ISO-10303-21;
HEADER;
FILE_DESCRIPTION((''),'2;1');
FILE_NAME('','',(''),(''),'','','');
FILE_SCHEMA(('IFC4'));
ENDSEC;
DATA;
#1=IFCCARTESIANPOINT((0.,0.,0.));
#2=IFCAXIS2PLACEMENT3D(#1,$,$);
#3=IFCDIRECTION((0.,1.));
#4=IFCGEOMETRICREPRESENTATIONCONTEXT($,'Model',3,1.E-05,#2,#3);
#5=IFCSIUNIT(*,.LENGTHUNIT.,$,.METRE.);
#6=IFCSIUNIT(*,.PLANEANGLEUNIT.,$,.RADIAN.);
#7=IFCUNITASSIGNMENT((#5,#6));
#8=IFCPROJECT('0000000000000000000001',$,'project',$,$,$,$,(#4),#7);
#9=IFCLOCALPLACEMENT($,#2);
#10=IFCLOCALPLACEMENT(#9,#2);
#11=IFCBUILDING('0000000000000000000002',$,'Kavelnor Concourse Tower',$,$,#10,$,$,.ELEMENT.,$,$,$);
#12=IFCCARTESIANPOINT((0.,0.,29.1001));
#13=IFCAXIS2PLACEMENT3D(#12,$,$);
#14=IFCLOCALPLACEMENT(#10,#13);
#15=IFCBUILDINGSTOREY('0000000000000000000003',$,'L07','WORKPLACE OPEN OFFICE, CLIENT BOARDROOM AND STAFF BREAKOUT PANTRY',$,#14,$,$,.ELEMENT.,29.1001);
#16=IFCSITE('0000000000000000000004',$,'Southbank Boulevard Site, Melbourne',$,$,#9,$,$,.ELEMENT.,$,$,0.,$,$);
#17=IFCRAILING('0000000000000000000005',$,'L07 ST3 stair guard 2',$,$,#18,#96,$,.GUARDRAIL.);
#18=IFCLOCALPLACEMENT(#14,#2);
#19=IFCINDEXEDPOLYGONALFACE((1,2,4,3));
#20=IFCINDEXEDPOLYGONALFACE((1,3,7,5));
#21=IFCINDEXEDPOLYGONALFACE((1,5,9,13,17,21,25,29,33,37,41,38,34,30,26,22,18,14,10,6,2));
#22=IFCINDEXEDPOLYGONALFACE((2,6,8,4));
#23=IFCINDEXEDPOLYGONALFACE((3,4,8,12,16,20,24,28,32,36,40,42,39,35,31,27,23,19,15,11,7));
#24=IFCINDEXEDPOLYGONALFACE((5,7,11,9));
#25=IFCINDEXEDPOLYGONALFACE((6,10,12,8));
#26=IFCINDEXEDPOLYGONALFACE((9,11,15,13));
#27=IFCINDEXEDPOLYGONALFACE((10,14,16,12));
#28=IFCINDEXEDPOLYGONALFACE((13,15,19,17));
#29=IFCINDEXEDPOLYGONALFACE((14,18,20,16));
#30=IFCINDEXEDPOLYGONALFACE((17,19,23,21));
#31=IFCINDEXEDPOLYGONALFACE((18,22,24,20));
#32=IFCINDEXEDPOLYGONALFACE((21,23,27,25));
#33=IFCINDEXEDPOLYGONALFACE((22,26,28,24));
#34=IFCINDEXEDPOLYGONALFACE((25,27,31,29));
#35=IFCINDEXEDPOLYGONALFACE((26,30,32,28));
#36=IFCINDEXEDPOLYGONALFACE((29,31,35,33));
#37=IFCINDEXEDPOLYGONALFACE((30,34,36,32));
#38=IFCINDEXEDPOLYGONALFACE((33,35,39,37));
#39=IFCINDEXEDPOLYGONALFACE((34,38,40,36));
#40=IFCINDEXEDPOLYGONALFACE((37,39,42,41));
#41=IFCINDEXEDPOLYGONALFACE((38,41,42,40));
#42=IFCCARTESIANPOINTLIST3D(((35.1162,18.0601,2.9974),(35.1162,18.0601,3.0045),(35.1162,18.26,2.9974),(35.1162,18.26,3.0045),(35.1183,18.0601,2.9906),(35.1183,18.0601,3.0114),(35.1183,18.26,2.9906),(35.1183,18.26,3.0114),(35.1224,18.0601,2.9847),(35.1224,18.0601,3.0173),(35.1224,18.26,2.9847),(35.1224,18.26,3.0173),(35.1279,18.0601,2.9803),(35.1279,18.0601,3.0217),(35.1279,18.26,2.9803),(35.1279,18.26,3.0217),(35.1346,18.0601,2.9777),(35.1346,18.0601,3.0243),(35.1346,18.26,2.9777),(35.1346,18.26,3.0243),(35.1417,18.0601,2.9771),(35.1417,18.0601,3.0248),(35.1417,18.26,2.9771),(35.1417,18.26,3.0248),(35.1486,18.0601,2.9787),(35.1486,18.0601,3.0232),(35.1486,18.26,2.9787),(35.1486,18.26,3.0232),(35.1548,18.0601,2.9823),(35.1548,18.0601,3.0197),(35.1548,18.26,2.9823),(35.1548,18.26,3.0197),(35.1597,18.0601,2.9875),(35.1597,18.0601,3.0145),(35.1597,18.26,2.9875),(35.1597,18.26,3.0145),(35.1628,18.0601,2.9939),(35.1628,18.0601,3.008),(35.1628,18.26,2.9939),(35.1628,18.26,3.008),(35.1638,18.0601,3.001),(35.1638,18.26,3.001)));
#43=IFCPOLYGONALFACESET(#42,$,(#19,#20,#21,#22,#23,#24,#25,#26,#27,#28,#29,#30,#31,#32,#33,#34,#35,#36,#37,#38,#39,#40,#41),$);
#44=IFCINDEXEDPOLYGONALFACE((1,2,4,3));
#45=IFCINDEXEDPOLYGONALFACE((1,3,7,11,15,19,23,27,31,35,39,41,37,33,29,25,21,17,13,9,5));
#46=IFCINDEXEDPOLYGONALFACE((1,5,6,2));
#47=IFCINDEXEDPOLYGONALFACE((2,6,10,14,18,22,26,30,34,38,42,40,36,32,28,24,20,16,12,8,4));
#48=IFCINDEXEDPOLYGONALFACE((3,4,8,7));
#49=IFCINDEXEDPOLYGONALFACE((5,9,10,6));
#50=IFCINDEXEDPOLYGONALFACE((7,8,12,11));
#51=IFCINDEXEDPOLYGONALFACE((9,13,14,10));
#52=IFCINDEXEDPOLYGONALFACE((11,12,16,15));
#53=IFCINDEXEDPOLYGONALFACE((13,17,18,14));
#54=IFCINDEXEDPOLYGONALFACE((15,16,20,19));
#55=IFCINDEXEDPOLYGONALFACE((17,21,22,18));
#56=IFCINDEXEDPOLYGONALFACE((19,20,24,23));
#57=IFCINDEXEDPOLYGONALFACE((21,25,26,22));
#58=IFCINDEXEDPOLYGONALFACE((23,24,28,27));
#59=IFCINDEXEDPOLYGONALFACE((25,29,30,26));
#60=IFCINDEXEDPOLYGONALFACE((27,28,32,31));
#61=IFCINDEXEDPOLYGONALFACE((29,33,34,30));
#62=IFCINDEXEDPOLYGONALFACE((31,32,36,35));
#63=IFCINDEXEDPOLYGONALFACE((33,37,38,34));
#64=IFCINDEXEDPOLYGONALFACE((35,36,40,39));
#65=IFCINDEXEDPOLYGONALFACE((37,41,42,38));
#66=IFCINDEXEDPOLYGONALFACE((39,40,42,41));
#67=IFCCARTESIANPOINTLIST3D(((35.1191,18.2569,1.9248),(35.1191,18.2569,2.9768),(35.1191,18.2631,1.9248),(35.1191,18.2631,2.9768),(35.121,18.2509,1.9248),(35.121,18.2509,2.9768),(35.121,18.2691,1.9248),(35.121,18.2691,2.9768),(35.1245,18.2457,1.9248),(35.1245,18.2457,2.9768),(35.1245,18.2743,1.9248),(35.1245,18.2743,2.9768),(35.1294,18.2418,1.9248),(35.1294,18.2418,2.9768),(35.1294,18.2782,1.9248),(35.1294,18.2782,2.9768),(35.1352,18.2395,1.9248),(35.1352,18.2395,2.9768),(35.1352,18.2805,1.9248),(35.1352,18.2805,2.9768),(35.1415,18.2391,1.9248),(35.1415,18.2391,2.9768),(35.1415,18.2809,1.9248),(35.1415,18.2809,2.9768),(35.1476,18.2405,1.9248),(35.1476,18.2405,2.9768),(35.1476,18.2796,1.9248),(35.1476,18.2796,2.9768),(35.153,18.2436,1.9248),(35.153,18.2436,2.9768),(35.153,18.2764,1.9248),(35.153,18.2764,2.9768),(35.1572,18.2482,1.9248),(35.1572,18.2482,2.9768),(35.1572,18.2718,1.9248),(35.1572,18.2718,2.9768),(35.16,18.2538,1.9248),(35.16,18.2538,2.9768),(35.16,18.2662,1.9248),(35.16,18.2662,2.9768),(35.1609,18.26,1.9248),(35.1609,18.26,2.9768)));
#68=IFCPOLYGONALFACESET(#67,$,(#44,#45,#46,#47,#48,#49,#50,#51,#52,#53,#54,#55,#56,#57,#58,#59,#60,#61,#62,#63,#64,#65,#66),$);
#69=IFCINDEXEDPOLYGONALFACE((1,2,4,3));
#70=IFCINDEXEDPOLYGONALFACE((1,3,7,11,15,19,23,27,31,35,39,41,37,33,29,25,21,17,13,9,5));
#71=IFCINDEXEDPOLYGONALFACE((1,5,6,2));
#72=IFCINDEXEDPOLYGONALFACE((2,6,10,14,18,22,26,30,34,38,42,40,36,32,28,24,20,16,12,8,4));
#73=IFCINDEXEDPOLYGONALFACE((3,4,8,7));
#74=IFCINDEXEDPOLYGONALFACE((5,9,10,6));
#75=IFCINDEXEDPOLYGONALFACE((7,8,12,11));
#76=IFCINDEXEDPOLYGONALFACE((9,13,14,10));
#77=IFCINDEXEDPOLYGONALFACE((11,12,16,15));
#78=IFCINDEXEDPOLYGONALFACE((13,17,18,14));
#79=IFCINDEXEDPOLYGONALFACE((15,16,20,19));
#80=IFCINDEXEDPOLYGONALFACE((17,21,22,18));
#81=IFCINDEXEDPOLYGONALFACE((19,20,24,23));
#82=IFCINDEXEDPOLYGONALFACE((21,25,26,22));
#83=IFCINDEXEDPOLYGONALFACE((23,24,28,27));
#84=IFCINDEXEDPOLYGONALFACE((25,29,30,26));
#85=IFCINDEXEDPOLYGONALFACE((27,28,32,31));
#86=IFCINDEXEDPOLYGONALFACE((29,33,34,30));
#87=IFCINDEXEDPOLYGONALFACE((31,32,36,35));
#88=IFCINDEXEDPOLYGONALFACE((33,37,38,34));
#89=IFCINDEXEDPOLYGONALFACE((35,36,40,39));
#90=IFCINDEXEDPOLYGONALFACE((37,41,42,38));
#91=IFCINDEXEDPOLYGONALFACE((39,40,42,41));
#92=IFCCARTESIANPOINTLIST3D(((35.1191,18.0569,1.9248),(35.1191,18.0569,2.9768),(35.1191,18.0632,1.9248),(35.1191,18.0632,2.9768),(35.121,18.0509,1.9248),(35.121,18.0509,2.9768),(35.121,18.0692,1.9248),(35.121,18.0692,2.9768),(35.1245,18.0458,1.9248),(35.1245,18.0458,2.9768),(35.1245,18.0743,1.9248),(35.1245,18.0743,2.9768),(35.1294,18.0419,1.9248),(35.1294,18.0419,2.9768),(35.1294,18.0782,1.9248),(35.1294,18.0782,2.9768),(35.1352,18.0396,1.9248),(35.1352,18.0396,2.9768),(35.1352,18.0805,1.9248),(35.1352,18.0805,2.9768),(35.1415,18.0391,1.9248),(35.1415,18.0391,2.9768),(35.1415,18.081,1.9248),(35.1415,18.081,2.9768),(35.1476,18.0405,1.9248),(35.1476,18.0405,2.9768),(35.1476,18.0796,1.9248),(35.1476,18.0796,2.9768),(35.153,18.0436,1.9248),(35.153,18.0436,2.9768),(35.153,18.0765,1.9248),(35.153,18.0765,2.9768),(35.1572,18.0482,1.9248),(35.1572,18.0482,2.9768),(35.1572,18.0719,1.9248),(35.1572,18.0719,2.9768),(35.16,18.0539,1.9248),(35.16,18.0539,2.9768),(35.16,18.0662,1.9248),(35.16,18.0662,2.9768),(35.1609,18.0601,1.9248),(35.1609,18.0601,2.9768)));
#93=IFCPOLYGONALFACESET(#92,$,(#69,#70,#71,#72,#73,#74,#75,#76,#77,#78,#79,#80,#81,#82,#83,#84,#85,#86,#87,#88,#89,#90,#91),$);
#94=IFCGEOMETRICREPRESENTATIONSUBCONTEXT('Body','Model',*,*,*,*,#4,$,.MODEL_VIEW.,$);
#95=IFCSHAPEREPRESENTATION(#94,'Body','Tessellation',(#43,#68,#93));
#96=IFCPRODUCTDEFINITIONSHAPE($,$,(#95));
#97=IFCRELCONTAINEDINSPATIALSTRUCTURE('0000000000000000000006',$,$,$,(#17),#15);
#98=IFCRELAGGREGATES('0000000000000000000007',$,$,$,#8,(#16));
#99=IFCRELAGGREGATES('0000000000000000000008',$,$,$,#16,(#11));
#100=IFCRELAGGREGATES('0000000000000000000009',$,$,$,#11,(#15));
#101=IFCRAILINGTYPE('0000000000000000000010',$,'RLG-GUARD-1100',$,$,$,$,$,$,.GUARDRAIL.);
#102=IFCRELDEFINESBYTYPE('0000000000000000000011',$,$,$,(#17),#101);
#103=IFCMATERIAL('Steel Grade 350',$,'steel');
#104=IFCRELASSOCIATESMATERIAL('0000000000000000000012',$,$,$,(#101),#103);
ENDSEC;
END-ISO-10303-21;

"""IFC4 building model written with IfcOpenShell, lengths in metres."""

from ifc_helpers import new_model, si_unit, direction, frame, origin, origin_2d, place, context, subcontext, project, spatial, circle, extrude, material, type_object, element, save


model = new_model("IFC4")

# Units and contexts
model_context = context("Model", 3, precision=1e-05, world=origin(), true_north=direction((0.0, 1.0)))
body_context = subcontext(model_context, "Body", "Model", "MODEL_VIEW")
ifc_project = project(units=[si_unit("LENGTHUNIT", "METRE"), si_unit("PLANEANGLEUNIT", "RADIAN")], contexts=[model_context])

# Site, building, storey
site_placement = place(None, origin())
site = spatial("IfcSite", under=ifc_project, at=site_placement, Name="Southbank Boulevard Site, Melbourne", CompositionType="ELEMENT", RefElevation=0.0)
building_placement = place(site_placement, origin())
building = spatial("IfcBuilding", under=site, at=building_placement, Name="Kavelnor Concourse Tower", CompositionType="ELEMENT")
storey_placement = place(building_placement, frame((0.0, 0.0, 29.1001)))
storey = spatial("IfcBuildingStorey", under=building, at=storey_placement, Name="L07", Description="WORKPLACE OPEN OFFICE, CLIENT BOARDROOM AND STAFF BREAKOUT PANTRY", CompositionType="ELEMENT", Elevation=29.1001)

# Shared definitions
ifc_material_1 = material(Name="Steel Grade 350", Category="steel")

# Railing
railing_type_1 = type_object("IfcRailingType", Name="RLG-GUARD-1100", PredefinedType="GUARDRAIL", material=ifc_material_1)
railing_1_placement = place(storey_placement, frame((35.1399, 18.26, 1.9248)))
element("IfcRailing", 1, at=railing_1_placement, inside=storey, type_object=railing_type_1, Name="L07 ST3 stair guard 2", PredefinedType="GUARDRAIL", context=body_context, shape_type="SweptSolid", body=[
    extrude(circle(Radius=0.0239, at=origin_2d()), frame((0.0, 0.0, 1.0762), z_axis=(0.0, -1.0, 0.0), x_axis=(1.0, 0.0, 0.0)), (0.0, 0.0, 1.0), 0.2),
    extrude(circle(Radius=0.021, at=origin_2d()), origin(), (0.0, 0.0, 1.0), 1.052),
    extrude(circle(Radius=0.021, at=origin_2d()), frame((0.0, -0.2, 0.0)), (0.0, 0.0, 1.0), 1.052),
])

save(model, "model.ifc")
